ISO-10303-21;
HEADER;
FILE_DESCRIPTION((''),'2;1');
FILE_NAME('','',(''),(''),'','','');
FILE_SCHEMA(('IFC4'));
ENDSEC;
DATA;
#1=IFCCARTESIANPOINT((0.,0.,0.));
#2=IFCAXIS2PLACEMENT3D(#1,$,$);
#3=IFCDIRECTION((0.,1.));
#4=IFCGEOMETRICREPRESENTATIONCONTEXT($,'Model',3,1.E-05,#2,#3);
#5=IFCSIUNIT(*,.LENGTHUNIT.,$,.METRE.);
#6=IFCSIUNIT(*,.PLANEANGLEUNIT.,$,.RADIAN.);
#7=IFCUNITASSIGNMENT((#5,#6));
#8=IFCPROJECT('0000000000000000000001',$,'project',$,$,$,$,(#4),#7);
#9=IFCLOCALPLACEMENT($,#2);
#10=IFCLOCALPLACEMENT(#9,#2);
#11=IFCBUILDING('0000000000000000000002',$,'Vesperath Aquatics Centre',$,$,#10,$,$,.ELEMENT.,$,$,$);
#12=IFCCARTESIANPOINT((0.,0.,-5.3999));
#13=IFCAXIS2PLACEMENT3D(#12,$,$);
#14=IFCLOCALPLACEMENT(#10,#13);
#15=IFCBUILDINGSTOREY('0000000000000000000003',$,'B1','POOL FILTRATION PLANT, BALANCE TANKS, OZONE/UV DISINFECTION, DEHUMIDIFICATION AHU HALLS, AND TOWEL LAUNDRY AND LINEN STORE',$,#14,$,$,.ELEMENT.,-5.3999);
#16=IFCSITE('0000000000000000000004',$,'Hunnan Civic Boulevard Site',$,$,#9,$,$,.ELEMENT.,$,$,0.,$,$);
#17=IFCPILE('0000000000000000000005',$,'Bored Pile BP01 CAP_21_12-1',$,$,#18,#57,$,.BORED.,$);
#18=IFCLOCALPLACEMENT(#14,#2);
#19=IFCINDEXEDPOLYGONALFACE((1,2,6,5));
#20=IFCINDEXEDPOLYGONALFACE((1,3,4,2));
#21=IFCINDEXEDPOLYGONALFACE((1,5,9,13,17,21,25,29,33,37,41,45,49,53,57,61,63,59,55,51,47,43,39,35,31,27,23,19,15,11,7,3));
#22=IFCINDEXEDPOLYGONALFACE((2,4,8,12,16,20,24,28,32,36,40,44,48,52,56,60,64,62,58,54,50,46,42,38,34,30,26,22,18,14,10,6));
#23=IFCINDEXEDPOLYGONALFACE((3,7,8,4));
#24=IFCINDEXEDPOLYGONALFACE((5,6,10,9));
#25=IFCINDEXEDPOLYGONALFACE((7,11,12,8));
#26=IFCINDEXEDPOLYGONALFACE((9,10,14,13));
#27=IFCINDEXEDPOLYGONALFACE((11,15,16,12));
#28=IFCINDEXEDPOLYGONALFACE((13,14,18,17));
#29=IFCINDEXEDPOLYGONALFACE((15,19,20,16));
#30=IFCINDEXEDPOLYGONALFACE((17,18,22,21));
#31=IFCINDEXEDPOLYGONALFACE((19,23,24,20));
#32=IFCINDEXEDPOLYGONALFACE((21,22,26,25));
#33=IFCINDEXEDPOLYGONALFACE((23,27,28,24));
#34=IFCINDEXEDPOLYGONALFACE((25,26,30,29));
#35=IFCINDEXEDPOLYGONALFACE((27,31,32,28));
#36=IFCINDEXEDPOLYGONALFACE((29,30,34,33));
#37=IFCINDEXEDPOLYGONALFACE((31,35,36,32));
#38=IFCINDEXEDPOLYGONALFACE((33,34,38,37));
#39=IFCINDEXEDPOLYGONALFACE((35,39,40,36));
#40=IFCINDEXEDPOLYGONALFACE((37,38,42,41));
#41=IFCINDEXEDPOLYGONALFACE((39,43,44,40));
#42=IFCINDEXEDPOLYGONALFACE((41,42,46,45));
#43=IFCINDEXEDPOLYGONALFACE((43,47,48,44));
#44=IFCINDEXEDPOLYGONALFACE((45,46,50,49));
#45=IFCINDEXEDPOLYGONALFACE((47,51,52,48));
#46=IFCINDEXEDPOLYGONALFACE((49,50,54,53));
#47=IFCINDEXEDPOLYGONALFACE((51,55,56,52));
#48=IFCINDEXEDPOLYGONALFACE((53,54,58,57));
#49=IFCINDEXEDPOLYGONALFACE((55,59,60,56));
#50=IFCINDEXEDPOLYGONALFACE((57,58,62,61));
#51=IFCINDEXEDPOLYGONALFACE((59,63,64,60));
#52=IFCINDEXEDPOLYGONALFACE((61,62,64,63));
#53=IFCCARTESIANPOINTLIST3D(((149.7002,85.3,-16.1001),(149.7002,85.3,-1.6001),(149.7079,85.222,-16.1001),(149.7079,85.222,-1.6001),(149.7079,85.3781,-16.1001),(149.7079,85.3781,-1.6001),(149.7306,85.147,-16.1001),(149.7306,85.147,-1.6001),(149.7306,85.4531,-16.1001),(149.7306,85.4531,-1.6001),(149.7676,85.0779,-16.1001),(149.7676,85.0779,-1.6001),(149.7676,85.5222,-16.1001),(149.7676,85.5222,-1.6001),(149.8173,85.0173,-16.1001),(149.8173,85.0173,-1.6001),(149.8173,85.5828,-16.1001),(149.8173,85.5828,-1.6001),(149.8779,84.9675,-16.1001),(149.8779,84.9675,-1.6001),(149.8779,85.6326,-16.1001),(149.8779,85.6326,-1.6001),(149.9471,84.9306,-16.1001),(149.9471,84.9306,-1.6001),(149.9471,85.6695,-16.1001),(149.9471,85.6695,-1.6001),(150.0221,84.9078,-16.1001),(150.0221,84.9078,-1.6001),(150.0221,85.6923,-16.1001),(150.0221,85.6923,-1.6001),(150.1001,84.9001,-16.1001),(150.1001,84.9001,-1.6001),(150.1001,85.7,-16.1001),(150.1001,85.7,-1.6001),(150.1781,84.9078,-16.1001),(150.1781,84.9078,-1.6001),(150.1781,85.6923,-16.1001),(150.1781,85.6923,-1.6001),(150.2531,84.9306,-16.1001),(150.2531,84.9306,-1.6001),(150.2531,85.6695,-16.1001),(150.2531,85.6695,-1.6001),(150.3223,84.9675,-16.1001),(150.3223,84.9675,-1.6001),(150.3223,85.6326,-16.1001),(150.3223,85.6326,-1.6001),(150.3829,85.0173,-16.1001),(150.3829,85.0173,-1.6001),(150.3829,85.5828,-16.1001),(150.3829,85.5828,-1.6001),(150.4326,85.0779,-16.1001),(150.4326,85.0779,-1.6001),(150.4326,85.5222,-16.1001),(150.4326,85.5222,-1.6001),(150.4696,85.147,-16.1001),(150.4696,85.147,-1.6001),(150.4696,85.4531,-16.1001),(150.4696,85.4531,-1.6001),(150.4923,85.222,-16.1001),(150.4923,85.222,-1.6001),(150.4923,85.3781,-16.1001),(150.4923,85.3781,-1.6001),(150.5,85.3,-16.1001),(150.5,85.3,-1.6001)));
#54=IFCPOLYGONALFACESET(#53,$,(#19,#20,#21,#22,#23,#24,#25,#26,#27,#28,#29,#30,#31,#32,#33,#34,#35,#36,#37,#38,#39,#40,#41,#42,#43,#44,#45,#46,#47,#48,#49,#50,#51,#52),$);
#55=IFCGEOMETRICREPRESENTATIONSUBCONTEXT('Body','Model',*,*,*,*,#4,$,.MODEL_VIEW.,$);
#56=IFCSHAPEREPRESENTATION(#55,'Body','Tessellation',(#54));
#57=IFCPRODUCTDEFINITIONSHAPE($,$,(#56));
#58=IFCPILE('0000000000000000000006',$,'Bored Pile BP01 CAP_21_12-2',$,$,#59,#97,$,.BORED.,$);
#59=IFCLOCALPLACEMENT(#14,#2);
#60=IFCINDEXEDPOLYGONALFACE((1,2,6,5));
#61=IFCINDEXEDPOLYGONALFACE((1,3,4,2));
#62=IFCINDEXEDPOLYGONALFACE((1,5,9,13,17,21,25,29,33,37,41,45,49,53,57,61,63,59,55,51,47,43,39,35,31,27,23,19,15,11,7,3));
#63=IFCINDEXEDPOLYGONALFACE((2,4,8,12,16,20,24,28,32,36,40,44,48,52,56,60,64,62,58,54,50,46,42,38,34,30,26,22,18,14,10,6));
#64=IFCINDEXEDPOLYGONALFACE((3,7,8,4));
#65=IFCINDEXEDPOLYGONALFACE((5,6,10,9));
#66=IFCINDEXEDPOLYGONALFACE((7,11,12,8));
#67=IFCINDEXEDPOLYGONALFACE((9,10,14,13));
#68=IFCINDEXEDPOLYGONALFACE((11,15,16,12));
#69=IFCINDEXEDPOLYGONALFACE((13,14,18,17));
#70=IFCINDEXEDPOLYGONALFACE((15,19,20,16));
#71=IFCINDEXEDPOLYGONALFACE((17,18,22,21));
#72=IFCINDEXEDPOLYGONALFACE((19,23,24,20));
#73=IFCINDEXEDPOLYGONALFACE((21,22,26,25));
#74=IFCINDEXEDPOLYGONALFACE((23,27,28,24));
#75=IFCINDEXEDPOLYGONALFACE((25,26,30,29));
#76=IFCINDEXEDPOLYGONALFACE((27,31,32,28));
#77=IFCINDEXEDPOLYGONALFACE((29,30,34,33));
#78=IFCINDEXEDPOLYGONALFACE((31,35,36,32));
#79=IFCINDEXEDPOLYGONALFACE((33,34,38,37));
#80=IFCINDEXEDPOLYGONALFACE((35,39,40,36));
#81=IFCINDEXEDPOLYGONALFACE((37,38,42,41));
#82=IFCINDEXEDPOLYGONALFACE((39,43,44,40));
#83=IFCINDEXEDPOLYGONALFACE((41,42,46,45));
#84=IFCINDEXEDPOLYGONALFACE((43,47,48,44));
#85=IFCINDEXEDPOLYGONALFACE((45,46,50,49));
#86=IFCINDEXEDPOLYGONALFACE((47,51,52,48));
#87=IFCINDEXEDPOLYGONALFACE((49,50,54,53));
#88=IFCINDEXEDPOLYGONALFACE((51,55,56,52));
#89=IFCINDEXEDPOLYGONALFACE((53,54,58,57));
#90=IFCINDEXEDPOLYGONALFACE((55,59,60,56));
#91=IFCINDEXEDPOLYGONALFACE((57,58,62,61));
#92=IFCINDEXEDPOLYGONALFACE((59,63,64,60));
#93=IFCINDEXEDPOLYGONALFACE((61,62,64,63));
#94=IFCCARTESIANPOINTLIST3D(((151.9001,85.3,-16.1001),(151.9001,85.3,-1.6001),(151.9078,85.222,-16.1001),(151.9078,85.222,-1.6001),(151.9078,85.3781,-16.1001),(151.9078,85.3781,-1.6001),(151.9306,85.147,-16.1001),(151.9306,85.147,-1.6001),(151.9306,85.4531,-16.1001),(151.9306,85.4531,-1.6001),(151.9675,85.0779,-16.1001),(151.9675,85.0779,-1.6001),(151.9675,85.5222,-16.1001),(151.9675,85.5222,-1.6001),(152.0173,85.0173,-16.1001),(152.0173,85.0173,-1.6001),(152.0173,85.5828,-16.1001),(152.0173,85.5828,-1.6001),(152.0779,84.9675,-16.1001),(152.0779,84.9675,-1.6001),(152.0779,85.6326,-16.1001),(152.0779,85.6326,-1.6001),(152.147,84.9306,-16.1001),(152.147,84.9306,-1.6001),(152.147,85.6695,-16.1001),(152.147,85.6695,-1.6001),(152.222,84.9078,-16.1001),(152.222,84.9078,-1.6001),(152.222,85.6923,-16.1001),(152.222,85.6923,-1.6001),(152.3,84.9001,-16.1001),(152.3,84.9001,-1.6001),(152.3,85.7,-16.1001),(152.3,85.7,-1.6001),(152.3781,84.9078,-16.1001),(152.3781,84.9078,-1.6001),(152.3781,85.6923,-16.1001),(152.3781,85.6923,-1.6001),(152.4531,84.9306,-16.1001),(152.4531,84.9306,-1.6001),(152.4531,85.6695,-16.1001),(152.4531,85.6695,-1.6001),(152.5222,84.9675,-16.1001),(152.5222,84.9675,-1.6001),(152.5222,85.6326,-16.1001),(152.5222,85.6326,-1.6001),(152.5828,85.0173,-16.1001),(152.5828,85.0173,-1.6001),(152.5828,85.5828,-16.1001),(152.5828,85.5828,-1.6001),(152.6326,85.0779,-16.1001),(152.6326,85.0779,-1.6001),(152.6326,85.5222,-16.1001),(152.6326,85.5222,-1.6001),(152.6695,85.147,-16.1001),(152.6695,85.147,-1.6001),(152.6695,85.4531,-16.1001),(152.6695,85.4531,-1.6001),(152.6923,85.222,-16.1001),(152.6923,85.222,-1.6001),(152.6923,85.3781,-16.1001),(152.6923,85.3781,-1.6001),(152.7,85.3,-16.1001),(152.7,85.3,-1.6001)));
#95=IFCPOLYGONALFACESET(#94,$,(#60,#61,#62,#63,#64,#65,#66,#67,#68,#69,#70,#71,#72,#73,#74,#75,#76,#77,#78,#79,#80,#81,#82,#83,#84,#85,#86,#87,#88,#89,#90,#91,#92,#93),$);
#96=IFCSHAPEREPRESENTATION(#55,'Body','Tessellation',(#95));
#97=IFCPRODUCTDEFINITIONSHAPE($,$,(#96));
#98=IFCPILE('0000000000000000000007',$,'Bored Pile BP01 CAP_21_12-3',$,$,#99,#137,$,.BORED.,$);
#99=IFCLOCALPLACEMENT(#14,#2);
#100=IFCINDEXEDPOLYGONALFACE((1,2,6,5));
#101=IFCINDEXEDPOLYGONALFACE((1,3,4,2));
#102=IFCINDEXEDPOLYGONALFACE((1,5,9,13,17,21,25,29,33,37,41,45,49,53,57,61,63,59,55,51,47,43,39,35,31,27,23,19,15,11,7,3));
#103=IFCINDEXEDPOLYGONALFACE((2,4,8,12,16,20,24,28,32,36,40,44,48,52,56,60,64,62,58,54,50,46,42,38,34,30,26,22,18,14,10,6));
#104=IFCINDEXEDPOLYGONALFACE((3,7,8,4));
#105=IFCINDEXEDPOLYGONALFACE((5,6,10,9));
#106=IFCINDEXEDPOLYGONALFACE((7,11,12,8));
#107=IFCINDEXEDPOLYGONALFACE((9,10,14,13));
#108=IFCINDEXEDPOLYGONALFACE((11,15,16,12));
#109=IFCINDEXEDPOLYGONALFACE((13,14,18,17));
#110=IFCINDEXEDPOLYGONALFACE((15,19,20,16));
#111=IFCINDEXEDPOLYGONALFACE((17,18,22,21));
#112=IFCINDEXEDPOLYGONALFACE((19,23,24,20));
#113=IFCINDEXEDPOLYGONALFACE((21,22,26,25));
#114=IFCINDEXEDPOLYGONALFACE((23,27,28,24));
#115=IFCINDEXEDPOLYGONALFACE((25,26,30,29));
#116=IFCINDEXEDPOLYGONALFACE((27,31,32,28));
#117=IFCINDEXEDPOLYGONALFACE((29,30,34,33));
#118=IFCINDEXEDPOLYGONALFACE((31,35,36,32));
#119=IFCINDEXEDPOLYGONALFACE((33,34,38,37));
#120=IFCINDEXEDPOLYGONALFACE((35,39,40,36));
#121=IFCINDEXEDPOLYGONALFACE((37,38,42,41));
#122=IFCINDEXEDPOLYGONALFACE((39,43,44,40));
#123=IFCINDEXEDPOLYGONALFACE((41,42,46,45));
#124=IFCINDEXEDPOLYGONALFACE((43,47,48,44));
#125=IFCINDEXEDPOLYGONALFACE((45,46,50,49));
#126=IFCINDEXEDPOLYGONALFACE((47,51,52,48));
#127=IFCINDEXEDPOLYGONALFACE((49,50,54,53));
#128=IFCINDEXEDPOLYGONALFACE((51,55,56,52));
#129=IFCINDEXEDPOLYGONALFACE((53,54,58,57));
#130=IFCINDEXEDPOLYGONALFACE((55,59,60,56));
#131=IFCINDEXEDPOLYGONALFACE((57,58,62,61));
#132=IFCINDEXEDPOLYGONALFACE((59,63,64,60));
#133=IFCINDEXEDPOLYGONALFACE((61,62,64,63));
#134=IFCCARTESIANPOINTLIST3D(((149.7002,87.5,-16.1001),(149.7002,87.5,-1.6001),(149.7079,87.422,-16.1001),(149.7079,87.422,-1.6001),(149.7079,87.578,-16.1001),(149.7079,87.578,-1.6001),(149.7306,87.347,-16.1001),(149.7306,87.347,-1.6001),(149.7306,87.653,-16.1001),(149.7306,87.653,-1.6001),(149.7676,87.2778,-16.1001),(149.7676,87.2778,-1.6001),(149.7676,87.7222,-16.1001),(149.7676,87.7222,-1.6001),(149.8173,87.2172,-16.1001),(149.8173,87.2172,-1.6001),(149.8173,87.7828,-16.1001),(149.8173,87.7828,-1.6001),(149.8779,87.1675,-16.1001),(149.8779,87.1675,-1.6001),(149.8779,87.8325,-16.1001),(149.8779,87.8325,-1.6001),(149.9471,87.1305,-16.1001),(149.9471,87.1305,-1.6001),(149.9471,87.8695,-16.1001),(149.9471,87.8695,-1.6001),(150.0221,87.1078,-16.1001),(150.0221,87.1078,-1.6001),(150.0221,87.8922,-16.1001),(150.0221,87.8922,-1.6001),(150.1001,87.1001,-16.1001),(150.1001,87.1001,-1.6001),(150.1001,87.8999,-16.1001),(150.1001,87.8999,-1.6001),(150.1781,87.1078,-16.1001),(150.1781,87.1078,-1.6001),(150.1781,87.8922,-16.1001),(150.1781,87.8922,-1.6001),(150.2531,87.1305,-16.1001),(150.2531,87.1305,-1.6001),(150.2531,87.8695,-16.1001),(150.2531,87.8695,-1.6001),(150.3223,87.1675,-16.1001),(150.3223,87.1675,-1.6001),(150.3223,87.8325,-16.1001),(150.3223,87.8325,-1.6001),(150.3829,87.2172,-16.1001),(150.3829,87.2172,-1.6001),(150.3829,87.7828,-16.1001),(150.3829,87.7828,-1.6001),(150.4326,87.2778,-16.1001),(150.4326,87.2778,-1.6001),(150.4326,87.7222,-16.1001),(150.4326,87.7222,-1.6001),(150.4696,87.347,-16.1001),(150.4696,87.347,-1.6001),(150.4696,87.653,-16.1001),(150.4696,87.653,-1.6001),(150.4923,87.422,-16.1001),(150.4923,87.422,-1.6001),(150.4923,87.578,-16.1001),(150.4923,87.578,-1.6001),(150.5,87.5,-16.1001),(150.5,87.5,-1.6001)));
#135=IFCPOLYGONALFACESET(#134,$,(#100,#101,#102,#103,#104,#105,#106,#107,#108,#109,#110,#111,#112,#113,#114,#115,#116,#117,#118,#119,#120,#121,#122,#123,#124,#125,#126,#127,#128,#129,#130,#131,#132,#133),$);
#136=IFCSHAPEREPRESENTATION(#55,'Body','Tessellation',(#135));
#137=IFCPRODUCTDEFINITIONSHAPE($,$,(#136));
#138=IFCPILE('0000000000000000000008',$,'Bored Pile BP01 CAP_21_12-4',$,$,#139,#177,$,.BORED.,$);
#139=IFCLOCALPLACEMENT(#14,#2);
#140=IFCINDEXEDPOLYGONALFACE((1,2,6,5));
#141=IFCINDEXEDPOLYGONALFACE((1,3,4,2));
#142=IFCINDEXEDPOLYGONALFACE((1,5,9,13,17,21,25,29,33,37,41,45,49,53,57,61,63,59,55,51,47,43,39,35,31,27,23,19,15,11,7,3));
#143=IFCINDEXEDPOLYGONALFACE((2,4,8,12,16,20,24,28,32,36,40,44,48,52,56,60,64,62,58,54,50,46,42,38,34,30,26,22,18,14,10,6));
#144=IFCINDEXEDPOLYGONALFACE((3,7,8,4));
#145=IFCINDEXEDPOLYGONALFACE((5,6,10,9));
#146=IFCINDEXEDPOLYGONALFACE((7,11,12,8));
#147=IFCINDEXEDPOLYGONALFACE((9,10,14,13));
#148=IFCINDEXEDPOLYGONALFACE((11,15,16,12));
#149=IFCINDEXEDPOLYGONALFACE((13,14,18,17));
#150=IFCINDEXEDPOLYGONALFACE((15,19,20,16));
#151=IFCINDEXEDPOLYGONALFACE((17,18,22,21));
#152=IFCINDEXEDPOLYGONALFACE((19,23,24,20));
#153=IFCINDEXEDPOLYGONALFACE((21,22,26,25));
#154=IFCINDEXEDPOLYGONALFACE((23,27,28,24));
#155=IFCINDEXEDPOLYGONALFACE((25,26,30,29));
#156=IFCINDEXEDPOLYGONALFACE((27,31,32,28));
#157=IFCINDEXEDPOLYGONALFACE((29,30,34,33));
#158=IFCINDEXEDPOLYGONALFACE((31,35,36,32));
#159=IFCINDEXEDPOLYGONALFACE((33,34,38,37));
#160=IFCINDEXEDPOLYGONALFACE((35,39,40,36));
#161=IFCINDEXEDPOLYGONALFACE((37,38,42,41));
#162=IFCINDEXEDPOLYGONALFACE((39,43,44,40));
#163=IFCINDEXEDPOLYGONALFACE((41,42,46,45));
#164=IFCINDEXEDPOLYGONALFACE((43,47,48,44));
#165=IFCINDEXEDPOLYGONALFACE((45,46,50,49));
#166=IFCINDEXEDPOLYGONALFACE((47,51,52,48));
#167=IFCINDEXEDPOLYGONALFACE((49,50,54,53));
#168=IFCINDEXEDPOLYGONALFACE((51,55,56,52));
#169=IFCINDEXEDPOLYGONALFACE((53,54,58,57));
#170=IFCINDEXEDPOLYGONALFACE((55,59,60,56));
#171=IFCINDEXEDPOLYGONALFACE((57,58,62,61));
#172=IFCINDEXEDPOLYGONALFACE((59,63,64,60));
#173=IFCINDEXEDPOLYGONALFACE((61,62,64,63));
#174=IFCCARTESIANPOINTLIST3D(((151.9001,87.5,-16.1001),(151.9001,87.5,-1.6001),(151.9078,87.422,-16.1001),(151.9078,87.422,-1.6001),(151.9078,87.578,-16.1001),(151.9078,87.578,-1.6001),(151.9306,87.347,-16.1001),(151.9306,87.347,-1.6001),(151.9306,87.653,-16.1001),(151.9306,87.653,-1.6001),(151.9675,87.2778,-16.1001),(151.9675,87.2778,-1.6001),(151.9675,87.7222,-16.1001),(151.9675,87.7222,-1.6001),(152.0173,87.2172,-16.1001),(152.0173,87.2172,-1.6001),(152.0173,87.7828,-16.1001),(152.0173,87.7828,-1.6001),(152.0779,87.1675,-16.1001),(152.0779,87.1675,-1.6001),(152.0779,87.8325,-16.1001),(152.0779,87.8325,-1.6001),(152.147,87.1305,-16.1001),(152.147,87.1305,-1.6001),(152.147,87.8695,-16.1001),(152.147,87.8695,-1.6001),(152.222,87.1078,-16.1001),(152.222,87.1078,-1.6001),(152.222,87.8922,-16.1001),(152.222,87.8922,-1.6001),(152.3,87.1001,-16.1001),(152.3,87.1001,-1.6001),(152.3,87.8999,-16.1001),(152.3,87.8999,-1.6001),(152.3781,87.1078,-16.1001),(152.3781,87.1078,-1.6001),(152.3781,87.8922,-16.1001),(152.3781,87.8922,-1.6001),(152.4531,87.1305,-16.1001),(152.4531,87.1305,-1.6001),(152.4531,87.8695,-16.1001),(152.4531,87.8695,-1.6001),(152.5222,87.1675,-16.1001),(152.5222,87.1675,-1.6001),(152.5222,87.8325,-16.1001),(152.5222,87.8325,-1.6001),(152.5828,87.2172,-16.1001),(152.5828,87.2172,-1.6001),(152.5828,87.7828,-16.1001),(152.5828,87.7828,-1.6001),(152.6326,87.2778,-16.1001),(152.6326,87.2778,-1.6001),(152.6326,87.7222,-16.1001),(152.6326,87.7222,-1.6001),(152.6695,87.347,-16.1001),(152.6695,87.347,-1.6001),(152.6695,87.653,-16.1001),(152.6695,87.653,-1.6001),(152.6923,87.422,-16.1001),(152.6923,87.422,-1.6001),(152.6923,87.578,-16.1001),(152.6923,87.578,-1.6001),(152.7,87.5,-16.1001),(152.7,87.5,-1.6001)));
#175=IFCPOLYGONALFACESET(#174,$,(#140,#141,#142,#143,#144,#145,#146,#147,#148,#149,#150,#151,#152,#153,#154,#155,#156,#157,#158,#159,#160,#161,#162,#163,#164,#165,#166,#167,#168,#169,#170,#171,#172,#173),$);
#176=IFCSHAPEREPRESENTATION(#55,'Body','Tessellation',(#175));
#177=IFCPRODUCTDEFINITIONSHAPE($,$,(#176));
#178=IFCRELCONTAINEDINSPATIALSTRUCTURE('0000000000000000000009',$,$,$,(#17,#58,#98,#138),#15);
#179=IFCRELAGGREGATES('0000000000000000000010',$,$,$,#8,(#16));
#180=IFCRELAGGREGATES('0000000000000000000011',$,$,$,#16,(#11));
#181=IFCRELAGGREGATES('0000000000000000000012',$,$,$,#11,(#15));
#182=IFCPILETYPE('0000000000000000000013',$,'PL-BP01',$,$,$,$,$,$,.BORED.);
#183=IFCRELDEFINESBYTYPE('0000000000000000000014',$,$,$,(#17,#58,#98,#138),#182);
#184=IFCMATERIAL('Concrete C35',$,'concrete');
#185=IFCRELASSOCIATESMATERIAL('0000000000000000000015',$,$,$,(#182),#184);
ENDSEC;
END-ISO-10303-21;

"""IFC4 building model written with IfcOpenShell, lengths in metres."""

from ifc_helpers import new_model, si_unit, direction, frame, origin, origin_2d, place, context, subcontext, project, spatial, circle, extrude, material, material_profile, profile_set, type_object, element, save


model = new_model("IFC4")

# Units and contexts
model_context = context("Model", 3, precision=1e-05, world=origin(), true_north=direction((0.0, 1.0)))
body_context = subcontext(model_context, "Body", "Model", "MODEL_VIEW")
ifc_project = project(units=[si_unit("LENGTHUNIT", "METRE"), si_unit("PLANEANGLEUNIT", "RADIAN")], contexts=[model_context])

# Site, building, storey
site_placement = place(None, origin())
site = spatial("IfcSite", under=ifc_project, at=site_placement, Name="Hunnan Civic Boulevard Site", CompositionType="ELEMENT", RefElevation=0.0)
building_placement = place(site_placement, origin())
building = spatial("IfcBuilding", under=site, at=building_placement, Name="Vesperath Aquatics Centre", CompositionType="ELEMENT")
storey_placement = place(building_placement, frame((0.0, 0.0, -5.3999)))
storey = spatial("IfcBuildingStorey", under=building, at=storey_placement, Name="B1", Description="POOL FILTRATION PLANT, BALANCE TANKS, OZONE/UV DISINFECTION, DEHUMIDIFICATION AHU HALLS, AND TOWEL LAUNDRY AND LINEN STORE", CompositionType="ELEMENT", Elevation=-5.3999)

# Piles
ifc_material_1 = material(Name="Concrete C35", Category="concrete")
ifc_material_profile_1 = material_profile(ifc_material_1, circle(Radius=0.3999, at=origin_2d()), Name="PILE D800")
ifc_profile_set_1 = profile_set([ifc_material_profile_1], Name="Concrete C35")
pile_type = type_object("IfcPileType", Name="PL-BP01", PredefinedType="BORED", material=ifc_profile_set_1)
for number, where, z_axis, x_axis, name in (
    (1, (150.1001, 85.3, -1.6001), (0.0, 0.0, -1.0), (1.0, 0.0, 0.0), "Bored Pile BP01 CAP_21_12-1"),
    (2, (152.3, 85.3, -1.6001), (0.0, 0.0, -1.0), (1.0, 0.0, 0.0), "Bored Pile BP01 CAP_21_12-2"),
    (3, (150.1001, 87.5, -1.6001), (0.0, 0.0, -1.0), (1.0, 0.0, 0.0), "Bored Pile BP01 CAP_21_12-3"),
    (4, (152.3, 87.5, -1.6001), (0.0, 0.0, -1.0), (1.0, 0.0, 0.0), "Bored Pile BP01 CAP_21_12-4"),
):
    element("IfcPile", number, at=place(storey_placement, frame(where, z_axis=z_axis, x_axis=x_axis)), inside=storey, type_object=pile_type, Name=name, PredefinedType="BORED", context=body_context, shape_type="SweptSolid", body=[
        extrude(circle(Radius=0.3999, at=origin_2d()), origin(), (0.0, 0.0, 1.0), 14.5),
    ])

save(model, "model.ifc")
